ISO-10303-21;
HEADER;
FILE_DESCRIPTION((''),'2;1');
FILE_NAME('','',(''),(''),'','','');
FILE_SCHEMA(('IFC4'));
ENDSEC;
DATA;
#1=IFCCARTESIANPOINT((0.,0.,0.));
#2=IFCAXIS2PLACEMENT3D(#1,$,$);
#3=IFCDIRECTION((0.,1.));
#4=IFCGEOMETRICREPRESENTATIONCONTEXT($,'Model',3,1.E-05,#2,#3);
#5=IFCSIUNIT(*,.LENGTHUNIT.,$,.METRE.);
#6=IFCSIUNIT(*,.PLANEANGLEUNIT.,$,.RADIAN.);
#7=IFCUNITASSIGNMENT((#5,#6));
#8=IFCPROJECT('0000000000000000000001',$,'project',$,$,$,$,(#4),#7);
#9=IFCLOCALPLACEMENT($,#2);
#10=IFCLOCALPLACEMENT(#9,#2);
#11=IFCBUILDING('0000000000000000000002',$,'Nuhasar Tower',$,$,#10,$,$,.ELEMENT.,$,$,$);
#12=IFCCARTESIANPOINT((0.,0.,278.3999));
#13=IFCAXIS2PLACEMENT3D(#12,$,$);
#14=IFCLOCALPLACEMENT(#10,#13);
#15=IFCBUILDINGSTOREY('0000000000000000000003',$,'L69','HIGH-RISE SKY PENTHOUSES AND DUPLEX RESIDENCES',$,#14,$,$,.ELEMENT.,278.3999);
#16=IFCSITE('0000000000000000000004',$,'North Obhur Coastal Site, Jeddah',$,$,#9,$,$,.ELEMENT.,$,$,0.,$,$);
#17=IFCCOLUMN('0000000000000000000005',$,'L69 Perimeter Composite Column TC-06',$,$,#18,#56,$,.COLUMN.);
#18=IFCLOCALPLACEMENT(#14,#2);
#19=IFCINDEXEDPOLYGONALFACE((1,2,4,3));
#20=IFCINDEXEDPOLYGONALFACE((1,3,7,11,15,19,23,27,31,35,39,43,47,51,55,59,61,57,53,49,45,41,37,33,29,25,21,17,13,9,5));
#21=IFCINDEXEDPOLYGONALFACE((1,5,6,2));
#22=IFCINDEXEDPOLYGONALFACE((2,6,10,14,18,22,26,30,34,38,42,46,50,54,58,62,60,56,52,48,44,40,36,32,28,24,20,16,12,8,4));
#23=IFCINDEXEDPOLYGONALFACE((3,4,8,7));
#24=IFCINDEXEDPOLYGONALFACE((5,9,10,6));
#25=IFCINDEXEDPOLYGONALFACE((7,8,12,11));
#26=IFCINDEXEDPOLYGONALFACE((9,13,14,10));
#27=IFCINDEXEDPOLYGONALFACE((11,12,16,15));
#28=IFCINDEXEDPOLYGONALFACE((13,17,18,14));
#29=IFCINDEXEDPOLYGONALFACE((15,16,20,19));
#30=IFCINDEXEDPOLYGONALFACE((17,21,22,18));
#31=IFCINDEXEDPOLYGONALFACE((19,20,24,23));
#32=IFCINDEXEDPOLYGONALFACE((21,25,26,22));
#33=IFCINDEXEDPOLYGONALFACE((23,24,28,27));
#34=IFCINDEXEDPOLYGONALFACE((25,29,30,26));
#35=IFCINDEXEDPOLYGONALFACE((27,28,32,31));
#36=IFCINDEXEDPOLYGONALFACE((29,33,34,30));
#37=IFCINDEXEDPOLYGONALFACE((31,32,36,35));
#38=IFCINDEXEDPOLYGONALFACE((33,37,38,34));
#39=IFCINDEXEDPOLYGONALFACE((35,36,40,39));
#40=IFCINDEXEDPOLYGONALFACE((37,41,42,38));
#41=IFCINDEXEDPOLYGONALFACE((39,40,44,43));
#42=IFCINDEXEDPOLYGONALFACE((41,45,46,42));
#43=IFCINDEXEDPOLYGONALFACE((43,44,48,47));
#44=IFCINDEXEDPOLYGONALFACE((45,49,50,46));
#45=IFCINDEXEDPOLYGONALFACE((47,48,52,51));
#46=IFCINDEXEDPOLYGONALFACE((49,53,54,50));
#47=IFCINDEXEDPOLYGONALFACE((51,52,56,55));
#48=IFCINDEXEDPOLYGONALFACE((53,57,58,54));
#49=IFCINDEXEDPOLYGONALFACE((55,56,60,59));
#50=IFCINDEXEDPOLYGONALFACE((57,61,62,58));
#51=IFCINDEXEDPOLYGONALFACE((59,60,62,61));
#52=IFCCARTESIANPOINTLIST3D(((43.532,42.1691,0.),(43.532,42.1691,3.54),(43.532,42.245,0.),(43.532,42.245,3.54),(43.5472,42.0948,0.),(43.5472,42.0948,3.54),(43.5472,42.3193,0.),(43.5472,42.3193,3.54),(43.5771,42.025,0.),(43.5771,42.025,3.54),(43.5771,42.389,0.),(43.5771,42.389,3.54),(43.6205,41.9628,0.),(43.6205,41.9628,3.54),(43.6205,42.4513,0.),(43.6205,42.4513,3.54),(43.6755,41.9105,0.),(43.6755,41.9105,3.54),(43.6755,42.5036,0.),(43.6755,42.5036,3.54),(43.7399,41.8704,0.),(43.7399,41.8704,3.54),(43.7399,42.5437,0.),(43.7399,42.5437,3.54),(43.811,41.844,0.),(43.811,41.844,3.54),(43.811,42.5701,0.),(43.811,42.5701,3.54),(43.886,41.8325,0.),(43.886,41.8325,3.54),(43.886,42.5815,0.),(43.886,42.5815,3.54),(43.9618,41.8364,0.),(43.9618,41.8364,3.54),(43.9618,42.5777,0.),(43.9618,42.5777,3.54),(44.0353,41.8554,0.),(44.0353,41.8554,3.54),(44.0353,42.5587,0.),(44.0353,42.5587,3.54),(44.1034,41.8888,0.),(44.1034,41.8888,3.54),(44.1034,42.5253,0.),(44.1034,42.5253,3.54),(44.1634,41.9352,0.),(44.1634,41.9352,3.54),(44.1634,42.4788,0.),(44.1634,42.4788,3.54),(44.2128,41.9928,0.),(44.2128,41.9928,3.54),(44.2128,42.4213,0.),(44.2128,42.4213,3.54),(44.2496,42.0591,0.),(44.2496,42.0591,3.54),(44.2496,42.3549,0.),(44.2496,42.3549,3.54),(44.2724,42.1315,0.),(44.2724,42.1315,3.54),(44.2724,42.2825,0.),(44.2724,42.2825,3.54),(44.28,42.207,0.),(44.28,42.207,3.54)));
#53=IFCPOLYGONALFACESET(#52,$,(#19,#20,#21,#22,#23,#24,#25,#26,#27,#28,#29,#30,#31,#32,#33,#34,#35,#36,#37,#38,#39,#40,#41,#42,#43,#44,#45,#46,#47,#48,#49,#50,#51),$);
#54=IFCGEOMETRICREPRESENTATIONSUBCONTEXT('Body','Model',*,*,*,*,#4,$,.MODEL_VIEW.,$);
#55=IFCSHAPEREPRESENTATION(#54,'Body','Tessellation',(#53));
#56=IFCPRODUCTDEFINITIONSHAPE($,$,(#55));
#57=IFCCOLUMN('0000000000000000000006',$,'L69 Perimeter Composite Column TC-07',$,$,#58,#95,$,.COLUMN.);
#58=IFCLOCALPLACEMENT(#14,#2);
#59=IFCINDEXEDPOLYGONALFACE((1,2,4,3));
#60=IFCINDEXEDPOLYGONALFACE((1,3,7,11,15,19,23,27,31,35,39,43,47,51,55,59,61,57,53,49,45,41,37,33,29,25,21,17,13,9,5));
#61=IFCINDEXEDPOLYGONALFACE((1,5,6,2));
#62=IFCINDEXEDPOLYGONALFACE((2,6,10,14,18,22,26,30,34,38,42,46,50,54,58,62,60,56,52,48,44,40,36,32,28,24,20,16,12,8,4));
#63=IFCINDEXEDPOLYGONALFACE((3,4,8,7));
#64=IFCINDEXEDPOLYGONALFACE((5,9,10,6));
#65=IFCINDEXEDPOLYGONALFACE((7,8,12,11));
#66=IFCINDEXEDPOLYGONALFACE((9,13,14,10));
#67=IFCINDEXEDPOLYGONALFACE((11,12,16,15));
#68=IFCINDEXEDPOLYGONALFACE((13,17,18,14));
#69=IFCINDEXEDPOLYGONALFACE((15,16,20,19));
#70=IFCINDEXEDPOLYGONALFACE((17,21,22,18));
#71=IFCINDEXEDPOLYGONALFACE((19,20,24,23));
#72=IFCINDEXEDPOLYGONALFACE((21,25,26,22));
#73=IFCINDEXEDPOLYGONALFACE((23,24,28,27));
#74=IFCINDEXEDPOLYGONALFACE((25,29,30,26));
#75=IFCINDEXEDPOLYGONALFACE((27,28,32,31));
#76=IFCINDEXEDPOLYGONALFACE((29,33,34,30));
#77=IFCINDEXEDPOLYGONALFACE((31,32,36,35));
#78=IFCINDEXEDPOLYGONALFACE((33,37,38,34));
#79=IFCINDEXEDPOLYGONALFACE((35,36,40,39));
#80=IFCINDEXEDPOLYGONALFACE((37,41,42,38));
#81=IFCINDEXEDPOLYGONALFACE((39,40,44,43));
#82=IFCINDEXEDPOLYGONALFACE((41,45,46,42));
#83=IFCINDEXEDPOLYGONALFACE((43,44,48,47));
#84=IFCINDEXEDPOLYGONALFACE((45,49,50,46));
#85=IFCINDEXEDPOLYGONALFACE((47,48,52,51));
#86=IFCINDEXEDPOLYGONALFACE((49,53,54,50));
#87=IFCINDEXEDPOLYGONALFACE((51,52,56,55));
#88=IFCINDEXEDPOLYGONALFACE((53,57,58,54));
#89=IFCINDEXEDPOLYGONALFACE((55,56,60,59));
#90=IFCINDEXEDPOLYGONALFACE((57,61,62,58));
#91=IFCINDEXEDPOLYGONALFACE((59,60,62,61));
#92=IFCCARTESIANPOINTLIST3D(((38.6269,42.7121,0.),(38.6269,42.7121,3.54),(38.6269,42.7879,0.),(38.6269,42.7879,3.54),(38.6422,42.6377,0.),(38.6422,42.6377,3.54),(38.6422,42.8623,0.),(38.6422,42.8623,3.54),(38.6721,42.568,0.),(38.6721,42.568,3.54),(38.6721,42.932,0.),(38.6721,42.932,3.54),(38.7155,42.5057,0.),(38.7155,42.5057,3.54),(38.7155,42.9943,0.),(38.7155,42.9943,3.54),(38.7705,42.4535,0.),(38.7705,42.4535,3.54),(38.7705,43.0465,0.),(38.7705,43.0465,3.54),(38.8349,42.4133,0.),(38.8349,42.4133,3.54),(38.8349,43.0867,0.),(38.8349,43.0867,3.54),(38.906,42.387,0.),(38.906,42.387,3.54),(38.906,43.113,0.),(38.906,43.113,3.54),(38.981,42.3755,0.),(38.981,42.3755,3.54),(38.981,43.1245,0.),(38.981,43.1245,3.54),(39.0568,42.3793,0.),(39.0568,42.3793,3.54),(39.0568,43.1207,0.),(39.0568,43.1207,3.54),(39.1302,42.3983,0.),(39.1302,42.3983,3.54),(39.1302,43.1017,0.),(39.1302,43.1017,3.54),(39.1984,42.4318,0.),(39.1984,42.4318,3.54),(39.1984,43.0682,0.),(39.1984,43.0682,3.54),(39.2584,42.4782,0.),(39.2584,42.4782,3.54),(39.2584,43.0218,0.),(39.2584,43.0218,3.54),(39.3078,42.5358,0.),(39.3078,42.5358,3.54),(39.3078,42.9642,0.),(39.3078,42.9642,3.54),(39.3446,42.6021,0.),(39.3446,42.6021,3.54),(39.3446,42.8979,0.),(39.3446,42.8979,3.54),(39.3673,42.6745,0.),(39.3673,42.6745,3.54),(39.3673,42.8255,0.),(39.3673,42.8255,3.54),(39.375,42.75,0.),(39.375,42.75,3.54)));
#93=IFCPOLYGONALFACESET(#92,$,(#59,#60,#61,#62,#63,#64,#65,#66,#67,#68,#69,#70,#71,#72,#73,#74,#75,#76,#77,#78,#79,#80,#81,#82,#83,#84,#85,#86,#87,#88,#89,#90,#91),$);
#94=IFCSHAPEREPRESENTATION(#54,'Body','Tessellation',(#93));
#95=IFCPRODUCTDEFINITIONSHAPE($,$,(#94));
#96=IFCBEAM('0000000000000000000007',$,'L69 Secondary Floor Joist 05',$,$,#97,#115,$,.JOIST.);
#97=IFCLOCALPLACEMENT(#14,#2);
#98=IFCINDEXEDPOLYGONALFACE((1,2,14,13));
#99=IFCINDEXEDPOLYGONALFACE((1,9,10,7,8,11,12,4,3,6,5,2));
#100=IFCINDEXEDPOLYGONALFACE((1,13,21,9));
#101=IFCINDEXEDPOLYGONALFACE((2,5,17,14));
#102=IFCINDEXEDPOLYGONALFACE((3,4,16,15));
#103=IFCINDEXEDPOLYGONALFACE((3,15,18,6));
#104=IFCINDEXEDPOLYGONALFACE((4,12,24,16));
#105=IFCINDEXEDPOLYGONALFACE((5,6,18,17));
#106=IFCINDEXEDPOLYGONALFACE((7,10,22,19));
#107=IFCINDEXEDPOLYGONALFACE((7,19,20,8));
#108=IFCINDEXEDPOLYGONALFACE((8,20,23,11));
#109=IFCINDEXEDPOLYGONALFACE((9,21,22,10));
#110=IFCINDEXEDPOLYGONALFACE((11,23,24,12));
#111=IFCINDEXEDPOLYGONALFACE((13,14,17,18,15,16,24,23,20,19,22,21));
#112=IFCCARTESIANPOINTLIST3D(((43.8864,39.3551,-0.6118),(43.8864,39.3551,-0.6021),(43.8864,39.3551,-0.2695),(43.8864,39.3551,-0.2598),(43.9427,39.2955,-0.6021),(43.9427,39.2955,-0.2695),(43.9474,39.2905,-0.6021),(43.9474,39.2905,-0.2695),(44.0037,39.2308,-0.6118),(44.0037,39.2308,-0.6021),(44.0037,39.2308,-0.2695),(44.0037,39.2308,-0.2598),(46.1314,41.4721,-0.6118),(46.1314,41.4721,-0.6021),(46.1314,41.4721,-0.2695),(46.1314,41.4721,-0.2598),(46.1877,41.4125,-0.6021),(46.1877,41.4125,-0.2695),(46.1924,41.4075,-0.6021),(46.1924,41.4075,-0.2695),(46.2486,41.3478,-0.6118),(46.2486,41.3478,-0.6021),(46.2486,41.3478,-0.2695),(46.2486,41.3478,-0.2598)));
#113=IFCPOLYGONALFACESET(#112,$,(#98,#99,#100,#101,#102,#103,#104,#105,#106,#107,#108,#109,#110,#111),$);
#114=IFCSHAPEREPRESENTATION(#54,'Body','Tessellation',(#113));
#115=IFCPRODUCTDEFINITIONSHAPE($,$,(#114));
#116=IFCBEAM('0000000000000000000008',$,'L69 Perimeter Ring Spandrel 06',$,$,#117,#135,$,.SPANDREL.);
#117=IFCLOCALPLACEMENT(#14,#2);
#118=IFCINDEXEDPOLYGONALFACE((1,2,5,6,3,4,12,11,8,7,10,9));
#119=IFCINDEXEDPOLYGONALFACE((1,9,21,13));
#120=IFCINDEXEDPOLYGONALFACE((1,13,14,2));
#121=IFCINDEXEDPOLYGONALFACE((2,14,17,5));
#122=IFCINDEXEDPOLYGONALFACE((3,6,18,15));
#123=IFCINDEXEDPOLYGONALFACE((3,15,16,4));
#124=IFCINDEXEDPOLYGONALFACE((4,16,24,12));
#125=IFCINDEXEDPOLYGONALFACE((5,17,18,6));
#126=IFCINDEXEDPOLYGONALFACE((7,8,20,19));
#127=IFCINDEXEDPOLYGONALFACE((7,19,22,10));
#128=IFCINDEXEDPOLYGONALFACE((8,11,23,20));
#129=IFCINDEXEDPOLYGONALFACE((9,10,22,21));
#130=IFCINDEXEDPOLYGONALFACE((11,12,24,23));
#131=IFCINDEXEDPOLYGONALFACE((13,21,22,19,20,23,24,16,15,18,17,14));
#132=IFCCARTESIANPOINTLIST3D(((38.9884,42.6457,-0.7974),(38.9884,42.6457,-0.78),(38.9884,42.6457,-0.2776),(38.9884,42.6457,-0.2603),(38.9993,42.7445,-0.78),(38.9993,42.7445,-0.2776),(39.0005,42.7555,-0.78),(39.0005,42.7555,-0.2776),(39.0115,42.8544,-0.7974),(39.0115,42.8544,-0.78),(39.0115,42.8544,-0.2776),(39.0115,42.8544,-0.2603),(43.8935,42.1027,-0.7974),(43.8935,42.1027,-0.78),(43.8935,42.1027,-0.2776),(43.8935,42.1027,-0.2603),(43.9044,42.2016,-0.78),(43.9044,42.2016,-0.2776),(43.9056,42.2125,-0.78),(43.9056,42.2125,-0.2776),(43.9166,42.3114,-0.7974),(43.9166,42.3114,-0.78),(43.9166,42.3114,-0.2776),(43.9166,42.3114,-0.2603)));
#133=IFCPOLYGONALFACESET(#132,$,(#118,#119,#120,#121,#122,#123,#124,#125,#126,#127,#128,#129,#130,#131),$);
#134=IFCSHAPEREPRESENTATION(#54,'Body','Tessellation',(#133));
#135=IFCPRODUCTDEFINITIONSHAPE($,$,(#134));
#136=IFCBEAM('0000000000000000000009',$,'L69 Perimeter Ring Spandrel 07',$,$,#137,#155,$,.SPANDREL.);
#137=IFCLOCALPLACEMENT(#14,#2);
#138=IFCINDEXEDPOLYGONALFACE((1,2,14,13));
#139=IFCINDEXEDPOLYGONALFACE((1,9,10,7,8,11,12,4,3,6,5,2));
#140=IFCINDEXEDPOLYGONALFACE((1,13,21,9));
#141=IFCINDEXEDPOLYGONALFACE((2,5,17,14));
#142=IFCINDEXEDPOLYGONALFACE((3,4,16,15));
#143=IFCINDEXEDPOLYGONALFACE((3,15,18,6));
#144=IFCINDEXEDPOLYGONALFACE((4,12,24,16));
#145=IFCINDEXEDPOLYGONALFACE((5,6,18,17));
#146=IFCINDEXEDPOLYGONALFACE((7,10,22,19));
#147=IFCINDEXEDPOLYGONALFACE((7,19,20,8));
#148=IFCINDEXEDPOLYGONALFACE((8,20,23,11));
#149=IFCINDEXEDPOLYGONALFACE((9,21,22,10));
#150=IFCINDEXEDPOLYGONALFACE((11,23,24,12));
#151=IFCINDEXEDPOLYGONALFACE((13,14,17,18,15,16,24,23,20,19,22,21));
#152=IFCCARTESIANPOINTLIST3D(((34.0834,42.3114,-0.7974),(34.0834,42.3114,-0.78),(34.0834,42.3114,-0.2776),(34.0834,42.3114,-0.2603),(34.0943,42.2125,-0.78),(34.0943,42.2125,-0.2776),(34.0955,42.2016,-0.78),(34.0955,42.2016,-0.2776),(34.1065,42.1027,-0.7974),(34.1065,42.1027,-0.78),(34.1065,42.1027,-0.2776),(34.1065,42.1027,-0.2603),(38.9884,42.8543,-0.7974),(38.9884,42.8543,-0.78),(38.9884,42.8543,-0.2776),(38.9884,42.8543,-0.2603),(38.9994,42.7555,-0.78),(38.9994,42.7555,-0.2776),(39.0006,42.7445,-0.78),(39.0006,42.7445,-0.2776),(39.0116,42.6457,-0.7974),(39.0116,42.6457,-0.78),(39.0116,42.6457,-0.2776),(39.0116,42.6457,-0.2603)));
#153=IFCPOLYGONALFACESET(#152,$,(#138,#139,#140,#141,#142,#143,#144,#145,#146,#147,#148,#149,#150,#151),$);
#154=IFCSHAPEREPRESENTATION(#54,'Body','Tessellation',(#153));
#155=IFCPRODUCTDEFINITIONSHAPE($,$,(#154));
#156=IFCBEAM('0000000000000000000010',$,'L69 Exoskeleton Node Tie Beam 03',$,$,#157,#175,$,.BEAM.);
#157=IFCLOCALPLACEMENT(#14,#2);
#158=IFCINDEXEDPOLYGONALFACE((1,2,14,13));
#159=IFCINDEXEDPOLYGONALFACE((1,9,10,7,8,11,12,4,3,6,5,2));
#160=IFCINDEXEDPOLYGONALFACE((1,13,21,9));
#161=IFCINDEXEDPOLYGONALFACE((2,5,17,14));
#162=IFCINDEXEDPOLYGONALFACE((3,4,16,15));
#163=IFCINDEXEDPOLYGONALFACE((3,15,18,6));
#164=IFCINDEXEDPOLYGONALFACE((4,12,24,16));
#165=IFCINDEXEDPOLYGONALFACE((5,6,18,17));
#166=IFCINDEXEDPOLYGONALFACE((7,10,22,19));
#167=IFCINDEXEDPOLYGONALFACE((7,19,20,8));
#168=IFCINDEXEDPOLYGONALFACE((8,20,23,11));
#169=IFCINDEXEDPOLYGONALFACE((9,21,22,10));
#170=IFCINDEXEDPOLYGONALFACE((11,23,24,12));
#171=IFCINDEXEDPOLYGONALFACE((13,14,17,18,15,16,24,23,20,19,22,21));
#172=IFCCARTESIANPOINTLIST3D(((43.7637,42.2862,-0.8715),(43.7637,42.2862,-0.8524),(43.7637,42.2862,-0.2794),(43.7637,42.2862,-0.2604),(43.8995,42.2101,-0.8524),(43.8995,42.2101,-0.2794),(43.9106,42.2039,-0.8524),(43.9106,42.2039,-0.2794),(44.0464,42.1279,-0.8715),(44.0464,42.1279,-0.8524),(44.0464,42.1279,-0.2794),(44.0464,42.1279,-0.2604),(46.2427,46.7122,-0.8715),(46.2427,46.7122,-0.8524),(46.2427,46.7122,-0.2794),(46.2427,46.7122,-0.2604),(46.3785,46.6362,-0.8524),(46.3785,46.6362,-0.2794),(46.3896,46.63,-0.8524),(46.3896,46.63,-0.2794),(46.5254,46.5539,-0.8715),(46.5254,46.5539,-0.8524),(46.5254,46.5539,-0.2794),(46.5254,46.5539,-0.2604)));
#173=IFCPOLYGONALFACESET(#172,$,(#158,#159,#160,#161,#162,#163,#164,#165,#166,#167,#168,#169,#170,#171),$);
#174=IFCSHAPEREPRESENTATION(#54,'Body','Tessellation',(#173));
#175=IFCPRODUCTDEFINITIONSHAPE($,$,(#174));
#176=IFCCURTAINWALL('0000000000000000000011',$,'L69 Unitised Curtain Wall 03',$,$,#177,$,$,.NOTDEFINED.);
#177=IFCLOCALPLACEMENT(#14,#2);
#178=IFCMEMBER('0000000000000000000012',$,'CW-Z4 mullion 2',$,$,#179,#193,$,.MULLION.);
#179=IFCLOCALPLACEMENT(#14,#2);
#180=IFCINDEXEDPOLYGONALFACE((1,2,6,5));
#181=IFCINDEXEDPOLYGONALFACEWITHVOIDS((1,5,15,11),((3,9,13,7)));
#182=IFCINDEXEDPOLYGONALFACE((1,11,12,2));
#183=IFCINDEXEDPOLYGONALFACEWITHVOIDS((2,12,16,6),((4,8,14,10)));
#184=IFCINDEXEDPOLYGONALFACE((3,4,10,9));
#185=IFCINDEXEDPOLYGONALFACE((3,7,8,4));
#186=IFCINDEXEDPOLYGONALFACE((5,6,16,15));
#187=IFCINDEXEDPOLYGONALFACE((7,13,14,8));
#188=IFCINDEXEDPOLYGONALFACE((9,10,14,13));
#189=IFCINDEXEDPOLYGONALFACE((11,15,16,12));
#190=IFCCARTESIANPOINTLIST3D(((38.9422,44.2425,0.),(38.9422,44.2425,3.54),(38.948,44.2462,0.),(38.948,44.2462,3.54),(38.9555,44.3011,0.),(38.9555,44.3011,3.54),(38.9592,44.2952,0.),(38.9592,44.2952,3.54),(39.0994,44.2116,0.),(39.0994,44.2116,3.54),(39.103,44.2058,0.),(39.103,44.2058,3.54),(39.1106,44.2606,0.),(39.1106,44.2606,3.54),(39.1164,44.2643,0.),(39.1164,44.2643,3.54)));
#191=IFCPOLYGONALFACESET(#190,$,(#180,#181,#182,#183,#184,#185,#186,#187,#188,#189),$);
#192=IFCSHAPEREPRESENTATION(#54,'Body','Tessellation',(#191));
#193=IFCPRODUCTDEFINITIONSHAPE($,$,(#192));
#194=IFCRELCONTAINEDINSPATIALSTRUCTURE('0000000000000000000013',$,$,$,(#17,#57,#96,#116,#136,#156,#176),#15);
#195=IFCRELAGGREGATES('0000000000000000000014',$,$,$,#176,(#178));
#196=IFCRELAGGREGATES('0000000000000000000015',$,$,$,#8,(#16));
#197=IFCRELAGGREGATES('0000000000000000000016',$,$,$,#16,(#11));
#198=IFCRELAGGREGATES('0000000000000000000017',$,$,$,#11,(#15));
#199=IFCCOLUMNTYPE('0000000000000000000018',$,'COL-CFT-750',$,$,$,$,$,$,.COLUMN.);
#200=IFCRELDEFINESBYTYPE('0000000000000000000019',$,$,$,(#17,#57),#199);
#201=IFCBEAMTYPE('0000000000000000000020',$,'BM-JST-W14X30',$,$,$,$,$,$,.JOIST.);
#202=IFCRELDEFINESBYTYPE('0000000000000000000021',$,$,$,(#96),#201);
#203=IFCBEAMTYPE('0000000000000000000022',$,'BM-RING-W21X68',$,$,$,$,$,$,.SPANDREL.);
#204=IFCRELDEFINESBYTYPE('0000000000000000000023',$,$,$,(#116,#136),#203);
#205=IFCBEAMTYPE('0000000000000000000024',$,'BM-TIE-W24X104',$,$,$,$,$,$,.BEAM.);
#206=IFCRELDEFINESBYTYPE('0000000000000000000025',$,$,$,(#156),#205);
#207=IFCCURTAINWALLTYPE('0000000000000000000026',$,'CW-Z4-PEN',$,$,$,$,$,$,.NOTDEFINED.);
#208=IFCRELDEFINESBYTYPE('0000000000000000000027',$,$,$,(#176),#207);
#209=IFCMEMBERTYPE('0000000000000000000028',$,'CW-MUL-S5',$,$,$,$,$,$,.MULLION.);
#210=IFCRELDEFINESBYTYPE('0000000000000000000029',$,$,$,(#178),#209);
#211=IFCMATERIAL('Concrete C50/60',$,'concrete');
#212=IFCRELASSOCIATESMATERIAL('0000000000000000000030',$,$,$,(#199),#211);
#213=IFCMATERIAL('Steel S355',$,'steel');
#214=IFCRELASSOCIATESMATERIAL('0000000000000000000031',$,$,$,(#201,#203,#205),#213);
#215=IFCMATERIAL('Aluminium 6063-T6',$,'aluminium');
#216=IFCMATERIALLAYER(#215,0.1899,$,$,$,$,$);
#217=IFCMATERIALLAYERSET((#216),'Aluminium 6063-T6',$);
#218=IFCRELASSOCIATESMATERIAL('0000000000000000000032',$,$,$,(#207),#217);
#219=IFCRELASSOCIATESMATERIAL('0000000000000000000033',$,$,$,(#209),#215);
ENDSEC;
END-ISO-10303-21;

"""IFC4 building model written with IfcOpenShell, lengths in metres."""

from ifc_helpers import new_model, si_unit, direction, frame, origin, origin_2d, place, context, subcontext, project, spatial, hollow_rectangle, circle, i_section, extrude, material, layer, layer_set, material_profile, profile_set, type_object, element, aggregate, save


model = new_model("IFC4")

# Units and contexts
model_context = context("Model", 3, precision=1e-05, world=origin(), true_north=direction((0.0, 1.0)))
body_context = subcontext(model_context, "Body", "Model", "MODEL_VIEW")
ifc_project = project(units=[si_unit("LENGTHUNIT", "METRE"), si_unit("PLANEANGLEUNIT", "RADIAN")], contexts=[model_context])

# Site, building, storey
site_placement = place(None, origin())
site = spatial("IfcSite", under=ifc_project, at=site_placement, Name="North Obhur Coastal Site, Jeddah", CompositionType="ELEMENT", RefElevation=0.0)
building_placement = place(site_placement, origin())
building = spatial("IfcBuilding", under=site, at=building_placement, Name="Nuhasar Tower", CompositionType="ELEMENT")
storey_placement = place(building_placement, frame((0.0, 0.0, 278.3999)))
storey = spatial("IfcBuildingStorey", under=building, at=storey_placement, Name="L69", Description="HIGH-RISE SKY PENTHOUSES AND DUPLEX RESIDENCES", CompositionType="ELEMENT", Elevation=278.3999)

# Columns
ifc_material_1 = material(Name="Concrete C50/60", Category="concrete")
ifc_material_profile_1 = material_profile(ifc_material_1, circle(Radius=0.375, at=origin_2d()), Name="CFT750")
ifc_profile_set_1 = profile_set([ifc_material_profile_1], Name="Concrete C50/60")
column_type = type_object("IfcColumnType", Name="COL-CFT-750", PredefinedType="COLUMN", material=ifc_profile_set_1)
for number, where, z_axis, x_axis, name in (
    (1, (43.905, 42.207, 0.0), (0.0, 0.0, 1.0), (1.0, 0.0, 0.0), "L69 Perimeter Composite Column TC-06"),
    (2, (39.0, 42.75, 0.0), (0.0, 0.0, 1.0), (1.0, 0.0, 0.0), "L69 Perimeter Composite Column TC-07"),
):
    element("IfcColumn", number, at=place(storey_placement, frame(where, z_axis=z_axis, x_axis=x_axis)), inside=storey, type_object=column_type, Name=name, PredefinedType="COLUMN", context=body_context, shape_type="SweptSolid", body=[
        extrude(circle(Radius=0.375, at=origin_2d()), origin(), (0.0, 0.0, 1.0), 3.54),
    ])

# Beams
ifc_material_2 = material(Name="Steel S355", Category="steel")
ifc_material_profile_2 = material_profile(ifc_material_2, i_section(OverallWidth=0.1709, OverallDepth=0.3521, WebThickness=0.0068, FlangeThickness=0.0098, at=origin_2d()), Name="W14X30")
ifc_profile_set_2 = profile_set([ifc_material_profile_2], Name="Steel S355")
beam_type_1 = type_object("IfcBeamType", Name="BM-JST-W14X30", PredefinedType="JOIST", material=ifc_profile_set_2)
beam_1_placement = place(storey_placement, frame((43.9451, 39.293, -0.4358), z_axis=(0.727533, 0.686073, 0.0), x_axis=(-0.686073, 0.727533, 0.0)))
element("IfcBeam", 3, at=beam_1_placement, inside=storey, type_object=beam_type_1, Name="L69 Secondary Floor Joist 05", PredefinedType="JOIST", context=body_context, shape_type="SweptSolid", body=[
    extrude(i_section(OverallWidth=0.1709, OverallDepth=0.3521, WebThickness=0.0068, FlangeThickness=0.0098, at=origin_2d()), origin(), (0.0, 0.0, 1.0), 3.0857),
])
ifc_material_profile_3 = material_profile(ifc_material_2, i_section(OverallWidth=0.21, OverallDepth=0.5371, WebThickness=0.011, FlangeThickness=0.0173, at=origin_2d()), Name="W21X68")
ifc_profile_set_3 = profile_set([ifc_material_profile_3], Name="Steel S355")
beam_type_2 = type_object("IfcBeamType", Name="BM-RING-W21X68", PredefinedType="SPANDREL", material=ifc_profile_set_3)
for number, where, z_axis, x_axis, name in (
    (4, (43.905, 42.207, -0.5288), (-0.993929, 0.110024, 0.0), (-0.110024, -0.993929, 0.0), "L69 Perimeter Ring Spandrel 06"),
    (5, (39.0, 42.75, -0.5288), (-0.993929, -0.110024, 0.0), (0.110024, -0.993929, 0.0), "L69 Perimeter Ring Spandrel 07"),
):
    element("IfcBeam", number, at=place(storey_placement, frame(where, z_axis=z_axis, x_axis=x_axis)), inside=storey, type_object=beam_type_2, Name=name, PredefinedType="SPANDREL", context=body_context, shape_type="SweptSolid", body=[
        extrude(i_section(OverallWidth=0.21, OverallDepth=0.5371, WebThickness=0.011, FlangeThickness=0.0173, at=origin_2d()), origin(), (0.0, 0.0, 1.0), 4.9351),
    ])
ifc_material_profile_4 = material_profile(ifc_material_2, i_section(OverallWidth=0.324, OverallDepth=0.6111, WebThickness=0.0127, FlangeThickness=0.019, at=origin_2d()), Name="W24X104")
ifc_profile_set_4 = profile_set([ifc_material_profile_4], Name="Steel S355")
beam_type_3 = type_object("IfcBeamType", Name="BM-TIE-W24X104", PredefinedType="BEAM", material=ifc_profile_set_4)
beam_2_placement = place(storey_placement, frame((43.905, 42.207, -0.5659), z_axis=(0.488668, 0.87247, 0.0), x_axis=(-0.87247, 0.488668, 0.0)))
element("IfcBeam", 6, at=beam_2_placement, inside=storey, type_object=beam_type_3, Name="L69 Exoskeleton Node Tie Beam 03", PredefinedType="BEAM", context=body_context, shape_type="SweptSolid", body=[
    extrude(i_section(OverallWidth=0.324, OverallDepth=0.6111, WebThickness=0.0127, FlangeThickness=0.019, at=origin_2d()), origin(), (0.0, 0.0, 1.0), 5.073),
])

# Curtain wall, member
ifc_material_3 = material(Name="Aluminium 6063-T6", Category="aluminium")
ifc_layer_1 = layer(ifc_material_3, 0.1899)
ifc_layer_set_1 = layer_set([ifc_layer_1], Name="Aluminium 6063-T6")
curtain_wall_type = type_object("IfcCurtainWallType", Name="CW-Z4-PEN", PredefinedType="NOTDEFINED", material=ifc_layer_set_1)
curtain_wall_1_placement = place(storey_placement, origin())
curtain_wall_1 = element("IfcCurtainWall", 7, at=curtain_wall_1_placement, inside=storey, type_object=curtain_wall_type, Name="L69 Unitised Curtain Wall 03", PredefinedType="NOTDEFINED")
ifc_material_profile_5 = material_profile(ifc_material_3, hollow_rectangle(XDim=0.0601, YDim=0.165, WallThickness=0.0049, at=origin_2d()), Name="CWM-5")
ifc_profile_set_5 = profile_set([ifc_material_profile_5], Name="Aluminium 6063-T6")
member_type_1 = type_object("IfcMemberType", Name="CW-MUL-S5", PredefinedType="MULLION", material=ifc_profile_set_5)
member_1_placement = place(storey_placement, frame((39.0293, 44.2534, 0.0), z_axis=(0.0, 0.0, 1.0), x_axis=(-0.222889, -0.974844, 0.0)))
member_1 = element("IfcMember", 8, at=member_1_placement, type_object=member_type_1, Name="CW-Z4 mullion 2", PredefinedType="MULLION", context=body_context, shape_type="SweptSolid", body=[
    extrude(hollow_rectangle(XDim=0.0601, YDim=0.165, WallThickness=0.0049, at=origin_2d()), origin(), (0.0, 0.0, 1.0), 3.54),
])

aggregate(curtain_wall_1, [member_1])

save(model, "model.ifc")
